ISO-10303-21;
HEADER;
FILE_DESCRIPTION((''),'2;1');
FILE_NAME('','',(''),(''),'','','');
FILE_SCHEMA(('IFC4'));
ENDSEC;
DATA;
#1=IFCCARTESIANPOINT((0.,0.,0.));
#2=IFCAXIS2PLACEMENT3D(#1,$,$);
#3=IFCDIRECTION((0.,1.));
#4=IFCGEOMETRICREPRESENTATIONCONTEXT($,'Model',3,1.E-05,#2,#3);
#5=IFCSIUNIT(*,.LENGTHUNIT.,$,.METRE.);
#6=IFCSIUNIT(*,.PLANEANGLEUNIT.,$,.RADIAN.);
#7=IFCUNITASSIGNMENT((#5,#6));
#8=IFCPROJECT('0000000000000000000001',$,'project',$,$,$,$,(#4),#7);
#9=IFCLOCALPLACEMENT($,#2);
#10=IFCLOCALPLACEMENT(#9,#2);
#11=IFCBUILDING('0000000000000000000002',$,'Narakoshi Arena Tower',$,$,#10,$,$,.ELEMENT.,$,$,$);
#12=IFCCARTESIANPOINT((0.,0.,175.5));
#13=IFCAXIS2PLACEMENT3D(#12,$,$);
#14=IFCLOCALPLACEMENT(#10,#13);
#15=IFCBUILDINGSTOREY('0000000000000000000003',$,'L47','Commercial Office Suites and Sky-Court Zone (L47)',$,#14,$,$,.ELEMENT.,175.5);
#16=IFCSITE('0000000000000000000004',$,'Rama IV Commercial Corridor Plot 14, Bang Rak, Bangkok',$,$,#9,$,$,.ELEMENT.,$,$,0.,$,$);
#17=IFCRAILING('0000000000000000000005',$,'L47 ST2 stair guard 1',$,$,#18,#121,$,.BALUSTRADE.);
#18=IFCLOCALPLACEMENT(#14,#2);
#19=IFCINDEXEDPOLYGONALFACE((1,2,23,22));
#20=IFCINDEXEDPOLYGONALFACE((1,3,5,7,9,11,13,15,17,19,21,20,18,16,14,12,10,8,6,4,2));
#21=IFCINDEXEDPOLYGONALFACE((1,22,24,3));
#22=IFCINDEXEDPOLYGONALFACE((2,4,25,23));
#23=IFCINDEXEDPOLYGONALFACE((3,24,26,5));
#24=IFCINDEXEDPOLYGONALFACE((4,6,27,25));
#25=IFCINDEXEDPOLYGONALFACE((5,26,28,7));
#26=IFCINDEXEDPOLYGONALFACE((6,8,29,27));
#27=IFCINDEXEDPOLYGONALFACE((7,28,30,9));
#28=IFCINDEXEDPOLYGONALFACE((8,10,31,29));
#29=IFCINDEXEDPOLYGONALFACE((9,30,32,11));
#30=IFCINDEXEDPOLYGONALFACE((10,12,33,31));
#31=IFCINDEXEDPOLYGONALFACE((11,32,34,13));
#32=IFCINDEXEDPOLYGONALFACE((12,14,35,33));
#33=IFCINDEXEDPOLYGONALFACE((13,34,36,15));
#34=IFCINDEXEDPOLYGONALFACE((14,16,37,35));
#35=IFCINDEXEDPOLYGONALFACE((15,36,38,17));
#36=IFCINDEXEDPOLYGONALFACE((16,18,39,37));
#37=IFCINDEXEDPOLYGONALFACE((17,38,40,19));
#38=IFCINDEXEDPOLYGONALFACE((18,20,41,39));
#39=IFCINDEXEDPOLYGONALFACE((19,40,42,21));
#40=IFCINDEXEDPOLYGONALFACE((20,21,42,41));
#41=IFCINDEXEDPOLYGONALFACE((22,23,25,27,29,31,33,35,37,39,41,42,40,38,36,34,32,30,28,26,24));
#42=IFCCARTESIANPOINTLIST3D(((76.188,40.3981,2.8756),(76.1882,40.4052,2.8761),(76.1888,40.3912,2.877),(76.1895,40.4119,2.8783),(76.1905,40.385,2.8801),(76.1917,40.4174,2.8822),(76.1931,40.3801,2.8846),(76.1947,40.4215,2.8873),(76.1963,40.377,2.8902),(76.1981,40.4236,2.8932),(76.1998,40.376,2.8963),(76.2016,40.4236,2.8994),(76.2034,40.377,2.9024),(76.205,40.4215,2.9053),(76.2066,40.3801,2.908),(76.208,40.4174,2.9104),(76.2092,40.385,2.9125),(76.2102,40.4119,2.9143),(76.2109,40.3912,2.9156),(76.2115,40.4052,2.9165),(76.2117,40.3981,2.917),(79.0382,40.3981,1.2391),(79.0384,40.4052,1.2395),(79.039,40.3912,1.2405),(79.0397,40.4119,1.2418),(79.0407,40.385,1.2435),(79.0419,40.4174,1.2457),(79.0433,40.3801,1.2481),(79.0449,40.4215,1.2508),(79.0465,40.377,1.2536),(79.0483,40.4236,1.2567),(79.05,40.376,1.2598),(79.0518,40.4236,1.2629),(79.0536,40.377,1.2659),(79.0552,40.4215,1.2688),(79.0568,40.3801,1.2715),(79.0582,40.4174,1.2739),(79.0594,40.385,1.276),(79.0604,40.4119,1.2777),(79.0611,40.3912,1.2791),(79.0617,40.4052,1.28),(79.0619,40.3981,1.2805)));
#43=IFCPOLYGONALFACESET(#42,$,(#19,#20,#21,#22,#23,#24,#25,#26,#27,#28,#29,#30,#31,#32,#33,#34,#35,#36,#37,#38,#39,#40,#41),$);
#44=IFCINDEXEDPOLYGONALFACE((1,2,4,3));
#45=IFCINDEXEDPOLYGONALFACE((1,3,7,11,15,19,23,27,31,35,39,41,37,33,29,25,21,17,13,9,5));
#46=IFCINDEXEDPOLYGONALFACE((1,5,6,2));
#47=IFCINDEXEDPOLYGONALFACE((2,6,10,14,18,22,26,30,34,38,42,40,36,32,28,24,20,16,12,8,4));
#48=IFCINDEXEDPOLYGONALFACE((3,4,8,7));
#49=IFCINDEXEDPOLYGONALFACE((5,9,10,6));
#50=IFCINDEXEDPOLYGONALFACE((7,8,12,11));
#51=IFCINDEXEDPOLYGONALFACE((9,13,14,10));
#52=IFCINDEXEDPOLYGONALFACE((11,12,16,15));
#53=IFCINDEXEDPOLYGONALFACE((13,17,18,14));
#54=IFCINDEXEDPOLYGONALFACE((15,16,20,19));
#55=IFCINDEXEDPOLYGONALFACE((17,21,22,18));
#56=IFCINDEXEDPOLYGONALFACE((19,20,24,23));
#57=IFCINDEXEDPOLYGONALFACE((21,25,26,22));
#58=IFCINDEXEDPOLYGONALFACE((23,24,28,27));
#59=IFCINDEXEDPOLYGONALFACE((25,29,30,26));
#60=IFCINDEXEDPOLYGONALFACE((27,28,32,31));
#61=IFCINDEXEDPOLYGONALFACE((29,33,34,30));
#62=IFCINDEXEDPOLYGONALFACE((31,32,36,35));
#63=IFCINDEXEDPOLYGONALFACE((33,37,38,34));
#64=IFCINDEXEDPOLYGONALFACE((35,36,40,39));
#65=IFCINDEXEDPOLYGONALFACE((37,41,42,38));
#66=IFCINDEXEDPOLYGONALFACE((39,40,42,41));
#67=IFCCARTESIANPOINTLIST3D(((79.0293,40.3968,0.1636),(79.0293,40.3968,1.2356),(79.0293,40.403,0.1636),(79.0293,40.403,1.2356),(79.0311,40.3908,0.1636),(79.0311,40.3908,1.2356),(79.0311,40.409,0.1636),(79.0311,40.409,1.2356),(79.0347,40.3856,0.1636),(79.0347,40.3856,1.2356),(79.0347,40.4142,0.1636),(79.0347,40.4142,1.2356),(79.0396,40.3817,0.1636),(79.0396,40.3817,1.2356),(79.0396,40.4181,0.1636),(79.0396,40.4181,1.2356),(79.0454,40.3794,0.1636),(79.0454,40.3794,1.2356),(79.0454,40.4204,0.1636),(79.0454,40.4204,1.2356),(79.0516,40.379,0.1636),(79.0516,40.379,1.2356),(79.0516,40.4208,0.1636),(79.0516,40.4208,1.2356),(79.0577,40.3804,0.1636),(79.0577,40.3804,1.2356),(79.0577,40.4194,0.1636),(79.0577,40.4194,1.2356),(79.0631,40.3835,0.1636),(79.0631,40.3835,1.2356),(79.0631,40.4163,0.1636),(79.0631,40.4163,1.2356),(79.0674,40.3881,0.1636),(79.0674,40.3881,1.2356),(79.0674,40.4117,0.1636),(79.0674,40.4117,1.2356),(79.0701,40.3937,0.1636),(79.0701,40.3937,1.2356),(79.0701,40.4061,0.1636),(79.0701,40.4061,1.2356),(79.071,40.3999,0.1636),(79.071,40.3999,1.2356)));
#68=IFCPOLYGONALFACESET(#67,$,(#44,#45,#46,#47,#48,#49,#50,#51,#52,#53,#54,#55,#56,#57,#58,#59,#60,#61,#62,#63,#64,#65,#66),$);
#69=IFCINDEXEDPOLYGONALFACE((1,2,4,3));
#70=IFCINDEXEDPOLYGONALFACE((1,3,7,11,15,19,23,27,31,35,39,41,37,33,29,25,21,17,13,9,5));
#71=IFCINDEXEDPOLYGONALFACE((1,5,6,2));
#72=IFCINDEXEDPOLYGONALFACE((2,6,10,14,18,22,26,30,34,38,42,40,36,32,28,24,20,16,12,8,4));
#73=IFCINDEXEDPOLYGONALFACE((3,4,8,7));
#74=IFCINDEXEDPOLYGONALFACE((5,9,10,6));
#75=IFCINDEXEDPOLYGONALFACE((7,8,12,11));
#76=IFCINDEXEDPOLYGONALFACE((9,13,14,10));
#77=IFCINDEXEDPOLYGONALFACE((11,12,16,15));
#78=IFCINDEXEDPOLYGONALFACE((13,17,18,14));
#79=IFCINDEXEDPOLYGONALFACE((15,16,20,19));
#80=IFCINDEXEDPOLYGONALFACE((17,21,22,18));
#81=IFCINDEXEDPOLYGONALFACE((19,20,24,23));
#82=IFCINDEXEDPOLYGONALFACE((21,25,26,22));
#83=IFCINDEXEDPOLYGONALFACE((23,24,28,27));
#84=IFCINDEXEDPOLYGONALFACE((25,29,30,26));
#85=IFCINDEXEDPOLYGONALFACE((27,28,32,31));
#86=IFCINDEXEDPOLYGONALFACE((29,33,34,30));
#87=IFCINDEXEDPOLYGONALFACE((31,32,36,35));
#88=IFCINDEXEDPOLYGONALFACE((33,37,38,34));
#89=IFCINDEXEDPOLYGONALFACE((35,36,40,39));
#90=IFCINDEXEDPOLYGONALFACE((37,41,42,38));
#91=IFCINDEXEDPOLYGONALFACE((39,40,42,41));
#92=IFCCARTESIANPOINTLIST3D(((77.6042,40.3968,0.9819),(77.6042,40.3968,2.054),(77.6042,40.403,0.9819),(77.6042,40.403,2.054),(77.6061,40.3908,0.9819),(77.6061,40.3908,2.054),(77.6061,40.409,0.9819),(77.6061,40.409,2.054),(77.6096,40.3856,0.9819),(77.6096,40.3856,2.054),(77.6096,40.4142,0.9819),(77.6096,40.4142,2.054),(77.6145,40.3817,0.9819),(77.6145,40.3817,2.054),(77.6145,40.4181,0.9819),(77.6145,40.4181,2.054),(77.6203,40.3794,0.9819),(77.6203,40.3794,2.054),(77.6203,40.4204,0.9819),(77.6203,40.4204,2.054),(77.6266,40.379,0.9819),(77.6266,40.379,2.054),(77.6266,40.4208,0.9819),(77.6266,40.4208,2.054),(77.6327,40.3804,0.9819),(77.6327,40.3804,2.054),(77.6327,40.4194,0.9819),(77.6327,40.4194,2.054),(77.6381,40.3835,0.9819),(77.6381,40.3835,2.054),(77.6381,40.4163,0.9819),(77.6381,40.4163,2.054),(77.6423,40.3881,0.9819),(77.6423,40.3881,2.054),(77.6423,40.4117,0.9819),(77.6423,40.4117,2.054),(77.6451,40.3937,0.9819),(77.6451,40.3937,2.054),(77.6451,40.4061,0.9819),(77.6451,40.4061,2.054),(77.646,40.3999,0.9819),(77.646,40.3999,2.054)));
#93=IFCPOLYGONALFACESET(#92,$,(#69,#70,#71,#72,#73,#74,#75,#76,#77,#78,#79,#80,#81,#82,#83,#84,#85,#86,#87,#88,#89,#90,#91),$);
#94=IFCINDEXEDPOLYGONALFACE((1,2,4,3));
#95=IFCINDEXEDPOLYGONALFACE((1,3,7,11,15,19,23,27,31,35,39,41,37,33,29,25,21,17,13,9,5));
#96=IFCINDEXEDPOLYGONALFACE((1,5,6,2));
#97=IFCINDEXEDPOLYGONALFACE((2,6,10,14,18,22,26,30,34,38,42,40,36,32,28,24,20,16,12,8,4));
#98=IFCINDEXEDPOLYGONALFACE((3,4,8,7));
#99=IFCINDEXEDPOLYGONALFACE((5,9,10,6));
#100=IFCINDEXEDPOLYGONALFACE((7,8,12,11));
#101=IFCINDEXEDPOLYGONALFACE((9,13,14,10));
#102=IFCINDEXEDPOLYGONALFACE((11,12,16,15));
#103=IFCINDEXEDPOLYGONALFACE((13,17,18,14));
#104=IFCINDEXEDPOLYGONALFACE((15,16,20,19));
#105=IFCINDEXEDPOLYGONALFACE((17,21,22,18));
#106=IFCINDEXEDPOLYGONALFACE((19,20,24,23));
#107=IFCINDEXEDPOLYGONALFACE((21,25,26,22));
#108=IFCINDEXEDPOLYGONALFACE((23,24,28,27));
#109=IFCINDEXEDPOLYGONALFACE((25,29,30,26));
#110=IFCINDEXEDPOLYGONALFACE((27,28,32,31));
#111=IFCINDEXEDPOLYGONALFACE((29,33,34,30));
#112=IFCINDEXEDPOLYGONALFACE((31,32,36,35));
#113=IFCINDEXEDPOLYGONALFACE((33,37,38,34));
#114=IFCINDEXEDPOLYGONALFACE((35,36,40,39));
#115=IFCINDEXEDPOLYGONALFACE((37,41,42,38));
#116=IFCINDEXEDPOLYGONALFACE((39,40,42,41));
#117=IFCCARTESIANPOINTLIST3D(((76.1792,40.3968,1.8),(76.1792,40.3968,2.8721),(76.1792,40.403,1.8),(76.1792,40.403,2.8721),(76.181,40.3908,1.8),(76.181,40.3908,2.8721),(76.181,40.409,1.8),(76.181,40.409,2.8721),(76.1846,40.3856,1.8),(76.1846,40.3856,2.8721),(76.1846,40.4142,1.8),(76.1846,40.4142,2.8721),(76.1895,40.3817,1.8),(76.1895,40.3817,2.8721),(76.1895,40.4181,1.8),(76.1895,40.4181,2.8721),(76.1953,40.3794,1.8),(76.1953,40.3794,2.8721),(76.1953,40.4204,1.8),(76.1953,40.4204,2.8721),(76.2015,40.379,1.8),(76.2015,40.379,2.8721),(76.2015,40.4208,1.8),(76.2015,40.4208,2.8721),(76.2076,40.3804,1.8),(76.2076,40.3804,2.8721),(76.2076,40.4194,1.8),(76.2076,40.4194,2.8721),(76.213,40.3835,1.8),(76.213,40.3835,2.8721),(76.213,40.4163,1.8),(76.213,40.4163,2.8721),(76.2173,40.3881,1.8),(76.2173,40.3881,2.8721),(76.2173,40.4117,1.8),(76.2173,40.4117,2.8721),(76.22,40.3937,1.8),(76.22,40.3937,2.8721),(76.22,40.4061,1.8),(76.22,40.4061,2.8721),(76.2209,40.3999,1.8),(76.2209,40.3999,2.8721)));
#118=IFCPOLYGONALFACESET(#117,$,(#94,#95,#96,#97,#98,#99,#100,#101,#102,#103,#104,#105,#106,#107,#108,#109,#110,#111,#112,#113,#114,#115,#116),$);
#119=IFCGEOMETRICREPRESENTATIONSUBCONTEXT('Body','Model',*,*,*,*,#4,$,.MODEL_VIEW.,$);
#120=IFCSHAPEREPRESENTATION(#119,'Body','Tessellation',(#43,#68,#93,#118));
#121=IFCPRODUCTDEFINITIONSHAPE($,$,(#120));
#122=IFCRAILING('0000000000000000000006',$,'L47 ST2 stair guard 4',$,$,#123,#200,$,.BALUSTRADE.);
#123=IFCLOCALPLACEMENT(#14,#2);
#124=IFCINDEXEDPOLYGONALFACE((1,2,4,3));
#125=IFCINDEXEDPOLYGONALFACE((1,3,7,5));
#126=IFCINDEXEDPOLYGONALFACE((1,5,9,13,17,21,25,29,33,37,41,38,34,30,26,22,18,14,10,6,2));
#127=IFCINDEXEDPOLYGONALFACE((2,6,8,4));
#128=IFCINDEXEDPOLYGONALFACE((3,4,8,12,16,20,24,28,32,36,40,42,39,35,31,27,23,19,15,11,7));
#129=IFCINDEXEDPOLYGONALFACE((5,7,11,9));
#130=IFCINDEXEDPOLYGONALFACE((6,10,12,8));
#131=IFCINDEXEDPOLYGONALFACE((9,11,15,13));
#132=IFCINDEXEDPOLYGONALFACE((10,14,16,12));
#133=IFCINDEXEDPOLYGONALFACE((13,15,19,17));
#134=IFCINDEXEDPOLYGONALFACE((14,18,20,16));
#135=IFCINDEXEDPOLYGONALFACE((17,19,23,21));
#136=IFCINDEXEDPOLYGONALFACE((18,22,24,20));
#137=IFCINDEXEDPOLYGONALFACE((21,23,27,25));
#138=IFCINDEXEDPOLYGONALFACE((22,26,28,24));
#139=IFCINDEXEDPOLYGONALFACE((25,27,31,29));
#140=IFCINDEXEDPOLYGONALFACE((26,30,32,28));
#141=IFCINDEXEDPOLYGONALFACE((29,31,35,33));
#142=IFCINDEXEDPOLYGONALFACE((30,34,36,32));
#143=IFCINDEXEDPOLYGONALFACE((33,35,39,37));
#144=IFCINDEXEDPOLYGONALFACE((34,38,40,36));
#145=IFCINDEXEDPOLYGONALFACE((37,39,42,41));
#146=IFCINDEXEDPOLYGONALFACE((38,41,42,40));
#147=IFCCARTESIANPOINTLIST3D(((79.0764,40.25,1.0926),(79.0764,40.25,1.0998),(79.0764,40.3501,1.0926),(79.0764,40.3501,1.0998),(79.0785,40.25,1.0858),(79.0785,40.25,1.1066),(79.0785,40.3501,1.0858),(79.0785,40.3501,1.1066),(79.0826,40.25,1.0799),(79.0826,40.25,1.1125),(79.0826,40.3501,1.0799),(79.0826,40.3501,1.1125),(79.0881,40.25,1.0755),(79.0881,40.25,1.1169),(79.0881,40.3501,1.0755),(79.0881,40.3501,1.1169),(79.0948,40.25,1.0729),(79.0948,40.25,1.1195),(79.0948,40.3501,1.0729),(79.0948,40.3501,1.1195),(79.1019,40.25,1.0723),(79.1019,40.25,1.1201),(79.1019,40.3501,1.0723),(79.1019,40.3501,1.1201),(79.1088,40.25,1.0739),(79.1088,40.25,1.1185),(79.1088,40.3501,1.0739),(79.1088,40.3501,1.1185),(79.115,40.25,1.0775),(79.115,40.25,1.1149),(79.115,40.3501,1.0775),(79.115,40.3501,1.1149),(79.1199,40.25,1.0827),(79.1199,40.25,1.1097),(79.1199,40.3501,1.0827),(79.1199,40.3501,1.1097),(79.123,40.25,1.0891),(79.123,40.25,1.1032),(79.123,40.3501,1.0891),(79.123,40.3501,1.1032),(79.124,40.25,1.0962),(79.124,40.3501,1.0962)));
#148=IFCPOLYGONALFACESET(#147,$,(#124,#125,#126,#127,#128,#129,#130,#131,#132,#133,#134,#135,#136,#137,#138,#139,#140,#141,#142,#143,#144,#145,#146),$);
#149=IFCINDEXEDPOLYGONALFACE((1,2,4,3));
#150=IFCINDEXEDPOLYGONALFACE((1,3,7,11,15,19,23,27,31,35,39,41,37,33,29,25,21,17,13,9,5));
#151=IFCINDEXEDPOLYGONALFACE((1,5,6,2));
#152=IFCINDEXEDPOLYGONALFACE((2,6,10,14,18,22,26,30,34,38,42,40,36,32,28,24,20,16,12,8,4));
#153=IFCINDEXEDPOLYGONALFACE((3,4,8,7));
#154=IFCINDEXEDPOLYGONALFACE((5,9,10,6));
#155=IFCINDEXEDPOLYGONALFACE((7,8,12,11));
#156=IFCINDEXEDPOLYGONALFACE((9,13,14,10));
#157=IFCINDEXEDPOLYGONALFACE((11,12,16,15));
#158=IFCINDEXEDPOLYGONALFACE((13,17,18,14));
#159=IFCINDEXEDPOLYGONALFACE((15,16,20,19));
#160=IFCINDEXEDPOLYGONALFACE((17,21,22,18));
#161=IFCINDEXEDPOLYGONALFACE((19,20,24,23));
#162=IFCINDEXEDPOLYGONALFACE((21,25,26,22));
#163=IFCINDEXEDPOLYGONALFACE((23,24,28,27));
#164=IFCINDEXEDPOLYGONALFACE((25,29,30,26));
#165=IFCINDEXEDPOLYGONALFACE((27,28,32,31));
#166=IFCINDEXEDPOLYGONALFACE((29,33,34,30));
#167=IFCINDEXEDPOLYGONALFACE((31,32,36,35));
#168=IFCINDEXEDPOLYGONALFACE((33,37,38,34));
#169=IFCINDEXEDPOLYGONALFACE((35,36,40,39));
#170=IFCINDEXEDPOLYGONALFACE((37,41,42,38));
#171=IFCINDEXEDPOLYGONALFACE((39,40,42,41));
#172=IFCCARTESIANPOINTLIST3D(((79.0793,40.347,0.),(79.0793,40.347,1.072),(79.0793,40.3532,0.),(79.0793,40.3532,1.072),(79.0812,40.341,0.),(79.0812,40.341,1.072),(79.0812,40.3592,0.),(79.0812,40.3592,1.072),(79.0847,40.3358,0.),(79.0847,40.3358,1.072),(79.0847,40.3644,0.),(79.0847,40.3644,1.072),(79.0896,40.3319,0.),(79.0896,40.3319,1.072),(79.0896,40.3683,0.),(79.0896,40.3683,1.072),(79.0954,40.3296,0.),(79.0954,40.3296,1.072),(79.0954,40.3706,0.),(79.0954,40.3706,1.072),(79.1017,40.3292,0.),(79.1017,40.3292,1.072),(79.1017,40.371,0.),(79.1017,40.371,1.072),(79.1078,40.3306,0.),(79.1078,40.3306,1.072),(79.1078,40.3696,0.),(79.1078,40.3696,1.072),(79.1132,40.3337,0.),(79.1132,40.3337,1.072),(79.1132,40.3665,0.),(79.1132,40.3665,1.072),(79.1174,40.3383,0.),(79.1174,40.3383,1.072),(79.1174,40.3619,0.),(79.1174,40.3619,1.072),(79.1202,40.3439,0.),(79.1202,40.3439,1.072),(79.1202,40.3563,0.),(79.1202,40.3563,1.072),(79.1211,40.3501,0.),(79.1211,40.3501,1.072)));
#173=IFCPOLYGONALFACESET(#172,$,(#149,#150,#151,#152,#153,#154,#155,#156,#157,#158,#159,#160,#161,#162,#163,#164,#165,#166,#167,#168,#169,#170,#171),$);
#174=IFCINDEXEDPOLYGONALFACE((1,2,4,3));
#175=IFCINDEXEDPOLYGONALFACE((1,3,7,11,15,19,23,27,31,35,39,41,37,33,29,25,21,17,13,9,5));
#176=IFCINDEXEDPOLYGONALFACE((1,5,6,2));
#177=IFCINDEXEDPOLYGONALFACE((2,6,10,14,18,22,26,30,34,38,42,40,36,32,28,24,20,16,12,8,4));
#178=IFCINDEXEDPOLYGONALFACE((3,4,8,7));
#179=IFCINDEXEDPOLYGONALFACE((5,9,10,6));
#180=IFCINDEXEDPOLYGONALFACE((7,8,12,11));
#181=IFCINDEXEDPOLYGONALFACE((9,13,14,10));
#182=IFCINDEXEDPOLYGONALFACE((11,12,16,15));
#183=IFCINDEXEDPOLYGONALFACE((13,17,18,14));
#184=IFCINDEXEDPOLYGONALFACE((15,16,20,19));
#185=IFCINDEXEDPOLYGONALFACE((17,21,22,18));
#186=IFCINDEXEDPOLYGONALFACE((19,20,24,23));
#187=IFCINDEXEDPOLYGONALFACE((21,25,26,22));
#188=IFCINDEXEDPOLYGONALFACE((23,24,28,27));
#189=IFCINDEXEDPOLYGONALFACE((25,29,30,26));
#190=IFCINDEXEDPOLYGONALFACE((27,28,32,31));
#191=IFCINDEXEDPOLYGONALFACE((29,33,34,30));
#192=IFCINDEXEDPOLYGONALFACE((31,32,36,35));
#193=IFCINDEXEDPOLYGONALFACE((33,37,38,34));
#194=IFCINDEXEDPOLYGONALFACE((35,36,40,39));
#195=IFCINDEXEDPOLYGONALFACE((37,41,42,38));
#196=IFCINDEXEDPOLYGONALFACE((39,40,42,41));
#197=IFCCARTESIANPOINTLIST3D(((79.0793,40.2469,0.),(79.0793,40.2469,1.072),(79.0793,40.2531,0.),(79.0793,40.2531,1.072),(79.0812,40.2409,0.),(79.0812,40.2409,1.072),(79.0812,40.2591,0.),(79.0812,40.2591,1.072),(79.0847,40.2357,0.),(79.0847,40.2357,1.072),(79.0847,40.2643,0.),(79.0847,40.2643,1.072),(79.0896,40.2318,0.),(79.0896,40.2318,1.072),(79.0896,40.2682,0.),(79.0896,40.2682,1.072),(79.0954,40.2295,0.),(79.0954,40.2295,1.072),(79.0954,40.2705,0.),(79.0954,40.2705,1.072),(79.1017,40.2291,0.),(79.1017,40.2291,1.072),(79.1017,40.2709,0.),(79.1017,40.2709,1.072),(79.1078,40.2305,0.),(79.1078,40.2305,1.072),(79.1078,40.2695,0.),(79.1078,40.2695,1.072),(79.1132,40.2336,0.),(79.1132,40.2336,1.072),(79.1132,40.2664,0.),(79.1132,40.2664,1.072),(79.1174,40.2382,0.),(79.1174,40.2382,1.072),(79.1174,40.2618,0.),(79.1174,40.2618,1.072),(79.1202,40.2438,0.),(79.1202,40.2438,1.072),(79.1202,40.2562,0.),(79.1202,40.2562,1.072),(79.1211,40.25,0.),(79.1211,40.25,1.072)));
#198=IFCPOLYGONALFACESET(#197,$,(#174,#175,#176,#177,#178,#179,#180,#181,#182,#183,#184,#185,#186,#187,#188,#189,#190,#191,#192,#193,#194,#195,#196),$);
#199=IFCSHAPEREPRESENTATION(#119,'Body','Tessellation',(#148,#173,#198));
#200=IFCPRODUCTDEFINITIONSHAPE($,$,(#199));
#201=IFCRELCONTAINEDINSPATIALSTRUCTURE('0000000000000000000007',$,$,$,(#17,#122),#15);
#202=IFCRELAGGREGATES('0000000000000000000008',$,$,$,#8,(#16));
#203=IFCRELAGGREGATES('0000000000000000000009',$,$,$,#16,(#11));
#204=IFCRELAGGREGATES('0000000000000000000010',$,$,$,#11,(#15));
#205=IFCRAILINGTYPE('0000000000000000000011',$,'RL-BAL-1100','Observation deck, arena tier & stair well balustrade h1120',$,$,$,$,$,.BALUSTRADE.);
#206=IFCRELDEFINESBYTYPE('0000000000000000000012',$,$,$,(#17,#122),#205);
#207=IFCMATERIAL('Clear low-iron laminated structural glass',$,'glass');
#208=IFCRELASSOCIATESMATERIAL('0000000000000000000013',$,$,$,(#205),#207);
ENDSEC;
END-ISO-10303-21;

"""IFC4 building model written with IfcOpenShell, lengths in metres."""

from ifc_helpers import new_model, si_unit, direction, frame, origin, origin_2d, place, context, subcontext, project, spatial, circle, extrude, material, type_object, element, save


model = new_model("IFC4")

# Units and contexts
model_context = context("Model", 3, precision=1e-05, world=origin(), true_north=direction((0.0, 1.0)))
body_context = subcontext(model_context, "Body", "Model", "MODEL_VIEW")
ifc_project = project(units=[si_unit("LENGTHUNIT", "METRE"), si_unit("PLANEANGLEUNIT", "RADIAN")], contexts=[model_context])

# Site, building, storey
site_placement = place(None, origin())
site = spatial("IfcSite", under=ifc_project, at=site_placement, Name="Rama IV Commercial Corridor Plot 14, Bang Rak, Bangkok", CompositionType="ELEMENT", RefElevation=0.0)
building_placement = place(site_placement, origin())
building = spatial("IfcBuilding", under=site, at=building_placement, Name="Narakoshi Arena Tower", CompositionType="ELEMENT")
storey_placement = place(building_placement, frame((0.0, 0.0, 175.5)))
storey = spatial("IfcBuildingStorey", under=building, at=storey_placement, Name="L47", Description="Commercial Office Suites and Sky-Court Zone (L47)", CompositionType="ELEMENT", Elevation=175.5)

# Railings
ifc_material_1 = material(Name="Clear low-iron laminated structural glass", Category="glass")
railing_type_1 = type_object("IfcRailingType", Name="RL-BAL-1100", Description="Observation deck, arena tier & stair well balustrade h1120", PredefinedType="BALUSTRADE", material=ifc_material_1)
railing_1_placement = place(storey_placement, frame((79.05, 40.3999, 0.1636)))
element("IfcRailing", 1, at=railing_1_placement, inside=storey, type_object=railing_type_1, Name="L47 ST2 stair guard 1", PredefinedType="BALUSTRADE", context=body_context, shape_type="SweptSolid", body=[
    extrude(circle(Radius=0.0239, at=origin_2d()), frame((0.0, 0.0, 1.0962), z_axis=(-0.867213, 0.0, 0.497938), x_axis=(0.0, -1.0, 0.0)), (0.0, 0.0, 1.0), 3.2866),
    extrude(circle(Radius=0.021, at=origin_2d()), origin(), (0.0, 0.0, 1.0), 1.072),
    extrude(circle(Radius=0.021, at=origin_2d()), frame((-1.425, 0.0, 0.8184)), (0.0, 0.0, 1.0), 1.072),
    extrude(circle(Radius=0.021, at=origin_2d()), frame((-2.8501, 0.0, 1.6365)), (0.0, 0.0, 1.0), 1.072),
])
railing_2_placement = place(storey_placement, frame((79.1001, 40.3501, 0.0)))
element("IfcRailing", 2, at=railing_2_placement, inside=storey, type_object=railing_type_1, Name="L47 ST2 stair guard 4", PredefinedType="BALUSTRADE", context=body_context, shape_type="SweptSolid", body=[
    extrude(circle(Radius=0.0239, at=origin_2d()), frame((0.0, 0.0, 1.0962), z_axis=(0.0, -1.0, 0.0), x_axis=(1.0, 0.0, 0.0)), (0.0, 0.0, 1.0), 0.1001),
    extrude(circle(Radius=0.021, at=origin_2d()), origin(), (0.0, 0.0, 1.0), 1.072),
    extrude(circle(Radius=0.021, at=origin_2d()), frame((0.0, -0.1001, 0.0)), (0.0, 0.0, 1.0), 1.072),
])

save(model, "model.ifc")
